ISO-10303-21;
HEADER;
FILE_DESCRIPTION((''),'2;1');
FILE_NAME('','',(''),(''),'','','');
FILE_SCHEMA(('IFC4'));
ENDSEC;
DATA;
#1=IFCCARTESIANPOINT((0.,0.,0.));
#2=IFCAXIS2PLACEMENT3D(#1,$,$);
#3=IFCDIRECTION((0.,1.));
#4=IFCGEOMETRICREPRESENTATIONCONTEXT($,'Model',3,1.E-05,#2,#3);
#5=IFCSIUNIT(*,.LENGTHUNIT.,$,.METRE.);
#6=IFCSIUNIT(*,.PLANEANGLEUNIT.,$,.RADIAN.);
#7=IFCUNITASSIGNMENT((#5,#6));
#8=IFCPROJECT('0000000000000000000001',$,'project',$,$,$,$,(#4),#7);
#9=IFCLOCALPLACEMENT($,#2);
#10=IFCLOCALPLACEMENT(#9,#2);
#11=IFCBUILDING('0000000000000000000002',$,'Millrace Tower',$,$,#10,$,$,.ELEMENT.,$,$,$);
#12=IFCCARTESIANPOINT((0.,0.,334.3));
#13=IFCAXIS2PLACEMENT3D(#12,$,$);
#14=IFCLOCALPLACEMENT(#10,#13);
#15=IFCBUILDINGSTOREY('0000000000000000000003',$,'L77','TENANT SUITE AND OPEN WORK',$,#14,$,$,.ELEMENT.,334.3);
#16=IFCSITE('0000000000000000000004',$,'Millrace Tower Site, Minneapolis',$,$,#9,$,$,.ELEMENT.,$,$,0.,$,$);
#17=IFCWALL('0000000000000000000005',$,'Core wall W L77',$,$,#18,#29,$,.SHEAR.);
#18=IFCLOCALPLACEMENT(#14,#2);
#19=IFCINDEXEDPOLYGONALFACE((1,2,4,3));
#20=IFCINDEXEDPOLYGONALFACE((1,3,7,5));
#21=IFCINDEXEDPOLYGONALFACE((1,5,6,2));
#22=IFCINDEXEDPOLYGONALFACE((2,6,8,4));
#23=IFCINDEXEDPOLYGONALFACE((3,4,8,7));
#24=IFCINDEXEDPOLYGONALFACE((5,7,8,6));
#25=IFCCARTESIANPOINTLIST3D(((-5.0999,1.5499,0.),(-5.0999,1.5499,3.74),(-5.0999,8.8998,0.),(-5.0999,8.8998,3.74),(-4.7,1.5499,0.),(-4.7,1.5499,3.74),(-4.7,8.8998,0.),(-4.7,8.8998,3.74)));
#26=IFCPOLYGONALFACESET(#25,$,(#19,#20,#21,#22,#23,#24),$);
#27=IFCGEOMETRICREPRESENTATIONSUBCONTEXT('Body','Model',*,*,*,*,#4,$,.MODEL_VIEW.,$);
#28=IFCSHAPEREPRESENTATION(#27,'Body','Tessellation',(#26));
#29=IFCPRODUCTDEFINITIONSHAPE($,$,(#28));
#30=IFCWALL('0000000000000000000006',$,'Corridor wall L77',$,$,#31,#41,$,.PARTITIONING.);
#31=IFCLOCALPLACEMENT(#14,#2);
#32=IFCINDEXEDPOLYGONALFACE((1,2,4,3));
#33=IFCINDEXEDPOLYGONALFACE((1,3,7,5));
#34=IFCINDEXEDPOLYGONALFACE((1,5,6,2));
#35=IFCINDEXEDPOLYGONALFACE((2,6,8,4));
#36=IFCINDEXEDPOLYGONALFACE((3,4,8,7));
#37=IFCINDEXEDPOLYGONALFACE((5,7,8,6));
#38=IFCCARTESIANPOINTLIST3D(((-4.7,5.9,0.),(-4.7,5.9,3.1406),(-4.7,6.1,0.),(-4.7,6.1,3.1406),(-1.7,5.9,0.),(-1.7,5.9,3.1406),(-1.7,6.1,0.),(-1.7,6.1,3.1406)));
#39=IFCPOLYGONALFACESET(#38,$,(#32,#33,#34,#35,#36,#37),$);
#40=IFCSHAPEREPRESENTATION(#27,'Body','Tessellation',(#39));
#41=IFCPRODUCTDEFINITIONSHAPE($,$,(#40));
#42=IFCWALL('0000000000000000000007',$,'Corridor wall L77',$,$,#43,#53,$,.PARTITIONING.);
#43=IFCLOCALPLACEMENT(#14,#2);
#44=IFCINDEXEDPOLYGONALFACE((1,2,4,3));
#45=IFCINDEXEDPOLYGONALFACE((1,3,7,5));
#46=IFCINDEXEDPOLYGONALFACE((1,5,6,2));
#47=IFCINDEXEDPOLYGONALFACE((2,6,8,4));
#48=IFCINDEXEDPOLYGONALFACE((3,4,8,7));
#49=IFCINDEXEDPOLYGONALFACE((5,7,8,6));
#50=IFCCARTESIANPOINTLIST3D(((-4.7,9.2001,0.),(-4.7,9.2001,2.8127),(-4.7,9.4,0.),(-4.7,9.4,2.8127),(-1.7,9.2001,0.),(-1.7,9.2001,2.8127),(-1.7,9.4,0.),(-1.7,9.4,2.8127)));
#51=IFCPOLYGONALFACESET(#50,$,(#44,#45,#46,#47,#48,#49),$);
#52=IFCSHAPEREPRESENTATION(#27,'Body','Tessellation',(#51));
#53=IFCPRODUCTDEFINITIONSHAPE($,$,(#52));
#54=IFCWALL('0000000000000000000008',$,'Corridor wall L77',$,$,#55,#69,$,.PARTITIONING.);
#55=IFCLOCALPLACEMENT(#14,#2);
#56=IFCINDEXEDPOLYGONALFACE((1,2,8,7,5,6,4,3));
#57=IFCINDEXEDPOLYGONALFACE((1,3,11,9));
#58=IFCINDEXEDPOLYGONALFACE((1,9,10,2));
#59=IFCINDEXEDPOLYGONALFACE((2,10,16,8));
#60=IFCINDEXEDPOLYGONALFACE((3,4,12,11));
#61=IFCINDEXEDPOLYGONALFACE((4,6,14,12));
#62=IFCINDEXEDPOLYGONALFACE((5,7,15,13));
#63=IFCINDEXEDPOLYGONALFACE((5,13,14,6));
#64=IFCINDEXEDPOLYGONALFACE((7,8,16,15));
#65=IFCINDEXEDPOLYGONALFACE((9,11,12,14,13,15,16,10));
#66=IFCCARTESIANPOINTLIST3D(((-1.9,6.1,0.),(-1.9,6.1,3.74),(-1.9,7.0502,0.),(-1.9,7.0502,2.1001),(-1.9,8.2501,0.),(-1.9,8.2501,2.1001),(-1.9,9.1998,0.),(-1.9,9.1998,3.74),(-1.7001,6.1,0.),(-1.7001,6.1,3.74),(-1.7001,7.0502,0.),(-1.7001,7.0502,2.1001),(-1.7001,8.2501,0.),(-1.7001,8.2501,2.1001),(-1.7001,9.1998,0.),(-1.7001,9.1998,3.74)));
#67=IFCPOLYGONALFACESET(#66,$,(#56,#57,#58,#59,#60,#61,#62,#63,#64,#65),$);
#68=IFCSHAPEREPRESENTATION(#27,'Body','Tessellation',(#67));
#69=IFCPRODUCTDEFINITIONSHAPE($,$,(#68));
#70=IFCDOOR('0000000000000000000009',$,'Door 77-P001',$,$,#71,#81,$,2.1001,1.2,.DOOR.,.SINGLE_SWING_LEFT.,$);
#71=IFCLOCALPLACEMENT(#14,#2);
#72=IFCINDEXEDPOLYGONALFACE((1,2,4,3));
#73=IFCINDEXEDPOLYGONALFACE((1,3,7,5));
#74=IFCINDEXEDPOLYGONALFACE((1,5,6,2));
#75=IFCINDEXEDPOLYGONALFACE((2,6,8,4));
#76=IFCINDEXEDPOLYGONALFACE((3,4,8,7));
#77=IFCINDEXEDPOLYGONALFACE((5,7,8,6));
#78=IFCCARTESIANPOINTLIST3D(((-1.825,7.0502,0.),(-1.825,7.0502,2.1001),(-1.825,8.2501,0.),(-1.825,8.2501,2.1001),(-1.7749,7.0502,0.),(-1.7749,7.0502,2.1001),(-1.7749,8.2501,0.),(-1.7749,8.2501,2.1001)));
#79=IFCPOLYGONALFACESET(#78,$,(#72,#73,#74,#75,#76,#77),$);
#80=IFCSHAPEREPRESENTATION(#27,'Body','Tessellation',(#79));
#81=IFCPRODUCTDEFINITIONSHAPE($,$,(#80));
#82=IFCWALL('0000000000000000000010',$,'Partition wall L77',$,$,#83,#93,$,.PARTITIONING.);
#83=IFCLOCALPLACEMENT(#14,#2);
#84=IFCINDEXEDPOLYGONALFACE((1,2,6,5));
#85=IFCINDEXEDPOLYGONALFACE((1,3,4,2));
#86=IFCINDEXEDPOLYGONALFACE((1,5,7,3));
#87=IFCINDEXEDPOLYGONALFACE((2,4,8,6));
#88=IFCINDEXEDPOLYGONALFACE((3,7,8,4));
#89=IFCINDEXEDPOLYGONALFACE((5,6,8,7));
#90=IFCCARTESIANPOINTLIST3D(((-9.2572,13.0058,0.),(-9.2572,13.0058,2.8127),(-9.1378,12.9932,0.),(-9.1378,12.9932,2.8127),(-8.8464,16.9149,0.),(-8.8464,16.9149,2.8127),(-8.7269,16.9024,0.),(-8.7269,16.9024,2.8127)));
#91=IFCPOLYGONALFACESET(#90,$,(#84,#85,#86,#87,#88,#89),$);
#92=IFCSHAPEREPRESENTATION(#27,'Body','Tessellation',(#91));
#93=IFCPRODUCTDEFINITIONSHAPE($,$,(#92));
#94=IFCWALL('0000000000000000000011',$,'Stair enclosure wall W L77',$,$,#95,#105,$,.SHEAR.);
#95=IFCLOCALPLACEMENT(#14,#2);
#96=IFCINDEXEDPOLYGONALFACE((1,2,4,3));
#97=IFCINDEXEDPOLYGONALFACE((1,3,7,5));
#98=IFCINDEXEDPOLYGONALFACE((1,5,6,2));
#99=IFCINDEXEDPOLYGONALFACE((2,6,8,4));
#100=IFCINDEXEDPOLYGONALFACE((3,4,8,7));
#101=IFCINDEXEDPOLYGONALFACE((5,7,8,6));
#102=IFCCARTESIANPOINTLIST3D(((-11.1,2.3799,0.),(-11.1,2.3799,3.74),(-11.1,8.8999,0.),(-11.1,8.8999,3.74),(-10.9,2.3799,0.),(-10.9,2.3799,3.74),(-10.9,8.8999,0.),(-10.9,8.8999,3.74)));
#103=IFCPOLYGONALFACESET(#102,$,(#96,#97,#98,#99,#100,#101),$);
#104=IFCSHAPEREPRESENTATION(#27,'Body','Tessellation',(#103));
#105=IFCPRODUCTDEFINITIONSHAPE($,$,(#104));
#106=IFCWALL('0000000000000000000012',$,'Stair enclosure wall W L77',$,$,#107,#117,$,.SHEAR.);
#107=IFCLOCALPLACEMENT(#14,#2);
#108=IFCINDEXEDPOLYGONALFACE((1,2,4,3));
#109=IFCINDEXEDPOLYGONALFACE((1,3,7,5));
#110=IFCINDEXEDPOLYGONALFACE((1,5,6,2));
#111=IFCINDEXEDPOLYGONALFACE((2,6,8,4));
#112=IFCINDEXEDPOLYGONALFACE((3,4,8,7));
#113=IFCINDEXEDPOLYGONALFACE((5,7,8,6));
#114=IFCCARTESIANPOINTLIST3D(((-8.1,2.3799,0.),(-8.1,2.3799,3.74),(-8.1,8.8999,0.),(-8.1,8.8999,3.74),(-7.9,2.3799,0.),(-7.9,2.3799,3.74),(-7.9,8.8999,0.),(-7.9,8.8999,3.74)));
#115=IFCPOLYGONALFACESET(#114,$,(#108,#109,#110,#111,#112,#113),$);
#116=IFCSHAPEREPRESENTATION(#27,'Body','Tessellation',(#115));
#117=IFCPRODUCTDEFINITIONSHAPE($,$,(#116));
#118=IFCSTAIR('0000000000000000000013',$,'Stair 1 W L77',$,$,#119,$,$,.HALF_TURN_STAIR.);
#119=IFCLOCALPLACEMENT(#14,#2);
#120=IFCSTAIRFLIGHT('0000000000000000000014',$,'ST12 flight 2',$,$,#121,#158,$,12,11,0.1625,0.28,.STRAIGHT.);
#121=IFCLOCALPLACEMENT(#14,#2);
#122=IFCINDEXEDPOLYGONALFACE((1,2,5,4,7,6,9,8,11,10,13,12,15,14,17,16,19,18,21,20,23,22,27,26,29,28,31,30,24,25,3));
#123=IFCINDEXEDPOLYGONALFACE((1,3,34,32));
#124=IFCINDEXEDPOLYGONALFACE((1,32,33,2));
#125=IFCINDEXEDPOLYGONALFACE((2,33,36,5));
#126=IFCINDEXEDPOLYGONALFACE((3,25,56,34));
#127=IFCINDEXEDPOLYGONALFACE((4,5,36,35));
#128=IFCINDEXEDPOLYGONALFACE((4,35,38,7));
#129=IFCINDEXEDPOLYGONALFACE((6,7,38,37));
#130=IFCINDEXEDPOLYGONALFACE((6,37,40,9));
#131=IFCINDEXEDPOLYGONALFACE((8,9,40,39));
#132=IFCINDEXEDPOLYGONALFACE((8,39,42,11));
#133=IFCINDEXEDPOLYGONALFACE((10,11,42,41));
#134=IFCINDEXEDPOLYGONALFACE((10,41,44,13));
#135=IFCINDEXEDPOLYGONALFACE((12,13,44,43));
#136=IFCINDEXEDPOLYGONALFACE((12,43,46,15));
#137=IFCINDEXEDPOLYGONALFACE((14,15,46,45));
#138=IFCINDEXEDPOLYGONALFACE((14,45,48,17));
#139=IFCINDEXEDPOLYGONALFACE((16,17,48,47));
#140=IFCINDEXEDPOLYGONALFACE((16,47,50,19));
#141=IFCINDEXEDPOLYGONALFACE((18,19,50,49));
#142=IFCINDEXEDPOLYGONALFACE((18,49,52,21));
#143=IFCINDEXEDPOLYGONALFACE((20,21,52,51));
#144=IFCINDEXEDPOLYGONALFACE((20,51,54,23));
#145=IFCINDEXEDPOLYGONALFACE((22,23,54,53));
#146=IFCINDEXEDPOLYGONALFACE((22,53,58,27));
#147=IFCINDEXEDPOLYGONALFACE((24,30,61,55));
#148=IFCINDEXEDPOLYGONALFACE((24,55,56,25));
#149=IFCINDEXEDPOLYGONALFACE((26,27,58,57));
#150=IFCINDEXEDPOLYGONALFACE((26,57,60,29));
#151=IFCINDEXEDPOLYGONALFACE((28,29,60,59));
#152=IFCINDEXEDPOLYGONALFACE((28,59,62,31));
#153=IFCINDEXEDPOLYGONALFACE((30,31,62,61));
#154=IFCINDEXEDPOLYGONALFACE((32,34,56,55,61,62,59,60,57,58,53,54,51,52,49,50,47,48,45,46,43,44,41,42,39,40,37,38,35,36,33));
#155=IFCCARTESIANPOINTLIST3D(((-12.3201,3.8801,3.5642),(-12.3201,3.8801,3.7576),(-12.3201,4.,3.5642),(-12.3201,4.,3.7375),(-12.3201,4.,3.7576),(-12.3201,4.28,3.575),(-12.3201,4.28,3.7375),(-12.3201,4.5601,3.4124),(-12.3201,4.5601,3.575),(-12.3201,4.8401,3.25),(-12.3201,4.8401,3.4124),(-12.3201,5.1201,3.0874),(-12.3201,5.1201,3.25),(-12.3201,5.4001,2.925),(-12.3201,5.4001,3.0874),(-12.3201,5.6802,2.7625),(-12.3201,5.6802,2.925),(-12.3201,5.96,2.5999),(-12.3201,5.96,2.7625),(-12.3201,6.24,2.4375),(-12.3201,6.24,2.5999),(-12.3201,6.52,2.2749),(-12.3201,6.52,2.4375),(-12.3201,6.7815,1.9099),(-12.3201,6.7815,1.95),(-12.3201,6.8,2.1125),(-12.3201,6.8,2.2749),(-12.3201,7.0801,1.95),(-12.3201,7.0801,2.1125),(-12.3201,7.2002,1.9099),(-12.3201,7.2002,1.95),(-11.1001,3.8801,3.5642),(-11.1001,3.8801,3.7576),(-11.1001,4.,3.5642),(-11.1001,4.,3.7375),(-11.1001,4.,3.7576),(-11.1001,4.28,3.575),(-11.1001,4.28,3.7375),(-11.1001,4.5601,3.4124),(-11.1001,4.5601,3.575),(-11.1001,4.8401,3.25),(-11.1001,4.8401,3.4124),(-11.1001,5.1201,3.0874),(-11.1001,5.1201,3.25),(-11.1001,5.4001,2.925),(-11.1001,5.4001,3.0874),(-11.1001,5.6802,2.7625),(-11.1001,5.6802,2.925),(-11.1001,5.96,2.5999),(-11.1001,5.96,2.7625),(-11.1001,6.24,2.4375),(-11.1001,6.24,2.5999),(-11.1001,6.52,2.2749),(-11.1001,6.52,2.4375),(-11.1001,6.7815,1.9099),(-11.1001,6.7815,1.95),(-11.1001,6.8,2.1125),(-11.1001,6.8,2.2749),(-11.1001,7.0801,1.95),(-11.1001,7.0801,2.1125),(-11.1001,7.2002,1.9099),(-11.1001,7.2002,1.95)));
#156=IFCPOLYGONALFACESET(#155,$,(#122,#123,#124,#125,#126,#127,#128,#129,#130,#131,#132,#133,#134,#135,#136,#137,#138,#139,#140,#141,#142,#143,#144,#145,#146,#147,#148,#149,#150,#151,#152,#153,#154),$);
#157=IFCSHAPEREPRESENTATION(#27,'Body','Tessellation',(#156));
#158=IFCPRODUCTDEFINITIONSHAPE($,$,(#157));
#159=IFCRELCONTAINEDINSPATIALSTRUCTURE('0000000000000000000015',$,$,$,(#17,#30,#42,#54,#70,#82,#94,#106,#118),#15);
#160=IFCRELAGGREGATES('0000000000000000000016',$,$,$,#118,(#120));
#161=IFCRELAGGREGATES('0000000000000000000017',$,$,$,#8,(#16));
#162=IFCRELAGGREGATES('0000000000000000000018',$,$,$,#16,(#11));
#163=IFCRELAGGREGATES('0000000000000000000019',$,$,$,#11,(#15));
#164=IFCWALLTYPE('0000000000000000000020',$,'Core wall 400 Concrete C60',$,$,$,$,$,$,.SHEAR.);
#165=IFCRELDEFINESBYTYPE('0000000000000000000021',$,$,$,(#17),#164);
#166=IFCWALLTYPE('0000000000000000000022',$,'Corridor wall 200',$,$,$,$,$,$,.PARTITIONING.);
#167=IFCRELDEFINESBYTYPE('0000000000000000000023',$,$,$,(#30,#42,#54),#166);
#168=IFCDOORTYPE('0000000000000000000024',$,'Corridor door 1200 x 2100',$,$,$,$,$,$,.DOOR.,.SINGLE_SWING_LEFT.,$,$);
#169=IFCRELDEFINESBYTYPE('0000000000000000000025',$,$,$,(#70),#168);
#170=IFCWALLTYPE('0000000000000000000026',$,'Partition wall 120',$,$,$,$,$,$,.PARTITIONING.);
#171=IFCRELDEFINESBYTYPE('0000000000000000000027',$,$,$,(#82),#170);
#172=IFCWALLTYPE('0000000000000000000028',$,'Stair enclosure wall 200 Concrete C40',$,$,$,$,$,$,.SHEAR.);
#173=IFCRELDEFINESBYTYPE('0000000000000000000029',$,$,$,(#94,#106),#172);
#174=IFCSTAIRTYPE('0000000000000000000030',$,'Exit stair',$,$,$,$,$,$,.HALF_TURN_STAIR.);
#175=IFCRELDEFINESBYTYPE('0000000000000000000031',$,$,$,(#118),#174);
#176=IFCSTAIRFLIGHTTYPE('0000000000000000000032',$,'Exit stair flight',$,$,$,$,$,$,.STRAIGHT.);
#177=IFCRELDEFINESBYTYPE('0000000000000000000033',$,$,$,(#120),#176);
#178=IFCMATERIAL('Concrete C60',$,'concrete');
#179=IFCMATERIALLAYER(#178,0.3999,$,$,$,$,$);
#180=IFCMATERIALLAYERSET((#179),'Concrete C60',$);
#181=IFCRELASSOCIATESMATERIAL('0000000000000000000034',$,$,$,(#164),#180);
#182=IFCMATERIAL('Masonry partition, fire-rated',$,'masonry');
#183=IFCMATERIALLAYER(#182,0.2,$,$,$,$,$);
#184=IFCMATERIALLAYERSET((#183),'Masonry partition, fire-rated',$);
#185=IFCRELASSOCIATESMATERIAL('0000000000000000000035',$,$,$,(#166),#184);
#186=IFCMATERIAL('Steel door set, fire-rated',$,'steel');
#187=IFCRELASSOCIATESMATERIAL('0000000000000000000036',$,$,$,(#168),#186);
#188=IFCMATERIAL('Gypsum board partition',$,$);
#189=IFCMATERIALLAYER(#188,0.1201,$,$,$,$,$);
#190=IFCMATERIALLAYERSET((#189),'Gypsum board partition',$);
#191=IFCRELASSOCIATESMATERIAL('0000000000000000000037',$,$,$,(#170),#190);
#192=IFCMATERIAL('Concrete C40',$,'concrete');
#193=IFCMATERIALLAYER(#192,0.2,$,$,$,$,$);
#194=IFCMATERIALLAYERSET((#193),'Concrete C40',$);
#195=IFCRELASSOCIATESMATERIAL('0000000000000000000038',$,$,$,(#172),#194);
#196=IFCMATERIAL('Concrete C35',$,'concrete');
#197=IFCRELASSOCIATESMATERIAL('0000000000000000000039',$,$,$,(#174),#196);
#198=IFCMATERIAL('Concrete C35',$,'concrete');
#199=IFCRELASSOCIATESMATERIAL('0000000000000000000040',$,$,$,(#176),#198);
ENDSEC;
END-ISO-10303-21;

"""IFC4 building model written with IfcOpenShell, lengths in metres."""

from ifc_helpers import new_model, si_unit, direction, frame, frame_2d, origin, place, context, subcontext, project, spatial, polyline, rectangle, outline, extrude, material, layer, layer_set, type_object, element, fill, aggregate, save


model = new_model("IFC4")

# Units and contexts
model_context = context("Model", 3, precision=1e-05, world=origin(), true_north=direction((0.0, 1.0)))
body_context = subcontext(model_context, "Body", "Model", "MODEL_VIEW")
ifc_project = project(units=[si_unit("LENGTHUNIT", "METRE"), si_unit("PLANEANGLEUNIT", "RADIAN")], contexts=[model_context])

# Site, building, storey
site_placement = place(None, origin())
site = spatial("IfcSite", under=ifc_project, at=site_placement, Name="Millrace Tower Site, Minneapolis", CompositionType="ELEMENT", RefElevation=0.0)
building_placement = place(site_placement, origin())
building = spatial("IfcBuilding", under=site, at=building_placement, Name="Millrace Tower", CompositionType="ELEMENT")
storey_placement = place(building_placement, frame((0.0, 0.0, 334.3)))
storey = spatial("IfcBuildingStorey", under=building, at=storey_placement, Name="L77", Description="TENANT SUITE AND OPEN WORK", CompositionType="ELEMENT", Elevation=334.3)

# Walls
ifc_material_1 = material(Name="Concrete C60", Category="concrete")
ifc_layer_1 = layer(ifc_material_1, 0.3999)
ifc_layer_set_1 = layer_set([ifc_layer_1], Name="Concrete C60")
wall_type_1 = type_object("IfcWallType", Name="Core wall 400 Concrete C60", PredefinedType="SHEAR", material=ifc_layer_set_1)
wall_1_placement = place(storey_placement, frame((-4.8999, 1.55, 0.0), z_axis=(0.0, 0.0, 1.0), x_axis=(0.0, 1.0, 0.0)))
element("IfcWall", 1, at=wall_1_placement, inside=storey, type_object=wall_type_1, Name="Core wall W L77", PredefinedType="SHEAR", context=body_context, shape_type="SweptSolid", body=[
    extrude(rectangle(XDim=7.3499, YDim=0.3999, at=frame_2d((3.6748, 0.0))), origin(), (0.0, 0.0, 1.0), 3.74),
])
ifc_material_2 = material(Name="Masonry partition, fire-rated", Category="masonry")
ifc_layer_2 = layer(ifc_material_2, 0.2)
ifc_layer_set_2 = layer_set([ifc_layer_2], Name="Masonry partition, fire-rated")
wall_type_2 = type_object("IfcWallType", Name="Corridor wall 200", PredefinedType="PARTITIONING", material=ifc_layer_set_2)
wall_2_placement = place(storey_placement, frame((-4.7, 6.0, 0.0), z_axis=(0.0, 0.0, 1.0), x_axis=(1.0, 0.0, 0.0)))
element("IfcWall", 2, at=wall_2_placement, inside=storey, type_object=wall_type_2, Name="Corridor wall L77", PredefinedType="PARTITIONING", context=body_context, shape_type="SweptSolid", body=[
    extrude(rectangle(XDim=3.0, YDim=0.2, at=frame_2d((1.5, 0.0))), origin(), (0.0, 0.0, 1.0), 3.1406),
])
wall_3_placement = place(storey_placement, frame((-4.7, 9.3, 0.0), z_axis=(0.0, 0.0, 1.0), x_axis=(1.0, 0.0, 0.0)))
element("IfcWall", 3, at=wall_3_placement, inside=storey, type_object=wall_type_2, Name="Corridor wall L77", PredefinedType="PARTITIONING", context=body_context, shape_type="SweptSolid", body=[
    extrude(rectangle(XDim=3.0, YDim=0.2, at=frame_2d((1.5, 0.0))), origin(), (0.0, 0.0, 1.0), 2.8127),
])

# Wall, opening, door
wall_4_placement = place(storey_placement, frame((-1.8, 6.1001, 0.0), z_axis=(0.0, 0.0, 1.0), x_axis=(0.0, 1.0, 0.0)))
wall_4 = element("IfcWall", 4, at=wall_4_placement, inside=storey, type_object=wall_type_2, Name="Corridor wall L77", PredefinedType="PARTITIONING", context=body_context, shape_type="SweptSolid", body=[
    extrude(rectangle(XDim=3.0999, YDim=0.2, at=frame_2d((1.5498, 0.0))), origin(), (0.0, 0.0, 1.0), 3.74),
])
opening_placement = place(wall_4_placement, frame((0.95, 0.0, 0.0)))
opening = element("IfcOpeningElement", 5, at=opening_placement, cuts=wall_4, PredefinedType="OPENING", context=body_context, shape_type="SweptSolid", body=[
    extrude(rectangle(XDim=1.2, YDim=2.1001, at=frame_2d((0.6001, 1.05))), frame((0.0, 0.1099, 0.0), z_axis=(0.0, -1.0, 0.0), x_axis=(1.0, 0.0, 0.0)), (0.0, 0.0, 1.0), 0.22),
])
ifc_material_3 = material(Name="Steel door set, fire-rated", Category="steel")
door_type = type_object("IfcDoorType", Name="Corridor door 1200 x 2100", OperationType="SINGLE_SWING_LEFT", PredefinedType="DOOR", material=ifc_material_3)
door_placement = place(opening_placement, origin())
door = element("IfcDoor", 6, at=door_placement, inside=storey, type_object=door_type, Name="Door 77-P001", OperationType="SINGLE_SWING_LEFT", OverallHeight=2.1001, OverallWidth=1.2, PredefinedType="DOOR", context=body_context, shape_type="SweptSolid", body=[
    extrude(rectangle(XDim=1.2, YDim=2.1001, at=frame_2d((0.6001, 1.05))), frame((0.0, 0.0249, 0.0), z_axis=(0.0, -1.0, 0.0), x_axis=(1.0, 0.0, 0.0)), (0.0, 0.0, 1.0), 0.05),
])
fill(opening, door)

# Walls
ifc_material_4 = material(Name="Gypsum board partition")
ifc_layer_3 = layer(ifc_material_4, 0.1201)
ifc_layer_set_3 = layer_set([ifc_layer_3], Name="Gypsum board partition")
wall_type_3 = type_object("IfcWallType", Name="Partition wall 120", PredefinedType="PARTITIONING", material=ifc_layer_set_3)
wall_5_placement = place(storey_placement, frame((-9.1975, 12.9995, 0.0), z_axis=(0.0, 0.0, 1.0), x_axis=(0.104533, 0.994521, 0.0)))
element("IfcWall", 7, at=wall_5_placement, inside=storey, type_object=wall_type_3, Name="Partition wall L77", PredefinedType="PARTITIONING", context=body_context, shape_type="SweptSolid", body=[
    extrude(rectangle(XDim=3.9307, YDim=0.1201, at=frame_2d((1.9653, 0.0))), origin(), (0.0, 0.0, 1.0), 2.8127),
])
ifc_material_5 = material(Name="Concrete C40", Category="concrete")
ifc_layer_4 = layer(ifc_material_5, 0.2)
ifc_layer_set_4 = layer_set([ifc_layer_4], Name="Concrete C40")
wall_type_4 = type_object("IfcWallType", Name="Stair enclosure wall 200 Concrete C40", PredefinedType="SHEAR", material=ifc_layer_set_4)
for number, where, z_axis, x_axis, name in (
    (8, (-11.0, 2.3799, 0.0), (0.0, 0.0, 1.0), (0.0, 1.0, 0.0), "Stair enclosure wall W L77"),
    (9, (-8.0, 2.3799, 0.0), (0.0, 0.0, 1.0), (0.0, 1.0, 0.0), "Stair enclosure wall W L77"),
):
    element("IfcWall", number, at=place(storey_placement, frame(where, z_axis=z_axis, x_axis=x_axis)), inside=storey, type_object=wall_type_4, Name=name, PredefinedType="SHEAR", context=body_context, shape_type="SweptSolid", body=[
        extrude(rectangle(XDim=6.52, YDim=0.2, at=frame_2d((3.26, 0.0))), origin(), (0.0, 0.0, 1.0), 3.74),
    ])

# Stair, stair flight
ifc_material_6 = material(Name="Concrete C35", Category="concrete")
stair_type = type_object("IfcStairType", Name="Exit stair", PredefinedType="HALF_TURN_STAIR", material=ifc_material_6)
placement = place(storey_placement, origin())
stair_1 = element("IfcStair", 10, at=placement, inside=storey, type_object=stair_type, Name="Stair 1 W L77", PredefinedType="HALF_TURN_STAIR")
ifc_material_7 = material(Name="Concrete C35", Category="concrete")
stair_flight_type = type_object("IfcStairFlightType", Name="Exit stair flight", PredefinedType="STRAIGHT", material=ifc_material_7)
stair_flight_1_placement = place(storey_placement, frame((-11.71, 7.0801, 1.95), z_axis=(0.0, 0.0, 1.0), x_axis=(0.0, -1.0, 0.0)))
stair_flight_1 = element("IfcStairFlight", 11, at=stair_flight_1_placement, type_object=stair_flight_type, Name="ST12 flight 2", NumberOfRisers=12, NumberOfTreads=11, PredefinedType="STRAIGHT", RiserHeight=0.1625, TreadLength=0.28, context=body_context, shape_type="SweptSolid", body=[
    extrude(outline(polyline([(-0.1201, -0.04), (-0.1201, 0.0), (0.0, 0.0), (0.0, 0.1626), (0.28, 0.1626), (0.28, 0.325), (0.5601, 0.325), (0.5601, 0.4875), (0.8401, 0.4875), (0.8401, 0.6499), (1.1201, 0.6499), (1.1201, 0.8125), (1.3999, 0.8125), (1.3999, 0.9751), (1.6799, 0.9751), (1.6799, 1.1375), (1.96, 1.1375), (1.96, 1.3), (2.24, 1.3), (2.24, 1.4624), (2.52, 1.4624), (2.52, 1.625), (2.8, 1.625), (2.8, 1.7876), (3.0801, 1.7876), (3.0801, 1.8076), (3.2, 1.8076), (3.2, 1.6143), (3.0801, 1.6143), (0.2986, 0.0), (0.2986, -0.04), (-0.1201, -0.04)])), frame((0.0, 0.6099, 0.0), z_axis=(0.0, -1.0, 0.0), x_axis=(1.0, 0.0, 0.0)), (0.0, 0.0, 1.0), 1.22),
])
aggregate(stair_1, [stair_flight_1])

save(model, "model.ifc")
